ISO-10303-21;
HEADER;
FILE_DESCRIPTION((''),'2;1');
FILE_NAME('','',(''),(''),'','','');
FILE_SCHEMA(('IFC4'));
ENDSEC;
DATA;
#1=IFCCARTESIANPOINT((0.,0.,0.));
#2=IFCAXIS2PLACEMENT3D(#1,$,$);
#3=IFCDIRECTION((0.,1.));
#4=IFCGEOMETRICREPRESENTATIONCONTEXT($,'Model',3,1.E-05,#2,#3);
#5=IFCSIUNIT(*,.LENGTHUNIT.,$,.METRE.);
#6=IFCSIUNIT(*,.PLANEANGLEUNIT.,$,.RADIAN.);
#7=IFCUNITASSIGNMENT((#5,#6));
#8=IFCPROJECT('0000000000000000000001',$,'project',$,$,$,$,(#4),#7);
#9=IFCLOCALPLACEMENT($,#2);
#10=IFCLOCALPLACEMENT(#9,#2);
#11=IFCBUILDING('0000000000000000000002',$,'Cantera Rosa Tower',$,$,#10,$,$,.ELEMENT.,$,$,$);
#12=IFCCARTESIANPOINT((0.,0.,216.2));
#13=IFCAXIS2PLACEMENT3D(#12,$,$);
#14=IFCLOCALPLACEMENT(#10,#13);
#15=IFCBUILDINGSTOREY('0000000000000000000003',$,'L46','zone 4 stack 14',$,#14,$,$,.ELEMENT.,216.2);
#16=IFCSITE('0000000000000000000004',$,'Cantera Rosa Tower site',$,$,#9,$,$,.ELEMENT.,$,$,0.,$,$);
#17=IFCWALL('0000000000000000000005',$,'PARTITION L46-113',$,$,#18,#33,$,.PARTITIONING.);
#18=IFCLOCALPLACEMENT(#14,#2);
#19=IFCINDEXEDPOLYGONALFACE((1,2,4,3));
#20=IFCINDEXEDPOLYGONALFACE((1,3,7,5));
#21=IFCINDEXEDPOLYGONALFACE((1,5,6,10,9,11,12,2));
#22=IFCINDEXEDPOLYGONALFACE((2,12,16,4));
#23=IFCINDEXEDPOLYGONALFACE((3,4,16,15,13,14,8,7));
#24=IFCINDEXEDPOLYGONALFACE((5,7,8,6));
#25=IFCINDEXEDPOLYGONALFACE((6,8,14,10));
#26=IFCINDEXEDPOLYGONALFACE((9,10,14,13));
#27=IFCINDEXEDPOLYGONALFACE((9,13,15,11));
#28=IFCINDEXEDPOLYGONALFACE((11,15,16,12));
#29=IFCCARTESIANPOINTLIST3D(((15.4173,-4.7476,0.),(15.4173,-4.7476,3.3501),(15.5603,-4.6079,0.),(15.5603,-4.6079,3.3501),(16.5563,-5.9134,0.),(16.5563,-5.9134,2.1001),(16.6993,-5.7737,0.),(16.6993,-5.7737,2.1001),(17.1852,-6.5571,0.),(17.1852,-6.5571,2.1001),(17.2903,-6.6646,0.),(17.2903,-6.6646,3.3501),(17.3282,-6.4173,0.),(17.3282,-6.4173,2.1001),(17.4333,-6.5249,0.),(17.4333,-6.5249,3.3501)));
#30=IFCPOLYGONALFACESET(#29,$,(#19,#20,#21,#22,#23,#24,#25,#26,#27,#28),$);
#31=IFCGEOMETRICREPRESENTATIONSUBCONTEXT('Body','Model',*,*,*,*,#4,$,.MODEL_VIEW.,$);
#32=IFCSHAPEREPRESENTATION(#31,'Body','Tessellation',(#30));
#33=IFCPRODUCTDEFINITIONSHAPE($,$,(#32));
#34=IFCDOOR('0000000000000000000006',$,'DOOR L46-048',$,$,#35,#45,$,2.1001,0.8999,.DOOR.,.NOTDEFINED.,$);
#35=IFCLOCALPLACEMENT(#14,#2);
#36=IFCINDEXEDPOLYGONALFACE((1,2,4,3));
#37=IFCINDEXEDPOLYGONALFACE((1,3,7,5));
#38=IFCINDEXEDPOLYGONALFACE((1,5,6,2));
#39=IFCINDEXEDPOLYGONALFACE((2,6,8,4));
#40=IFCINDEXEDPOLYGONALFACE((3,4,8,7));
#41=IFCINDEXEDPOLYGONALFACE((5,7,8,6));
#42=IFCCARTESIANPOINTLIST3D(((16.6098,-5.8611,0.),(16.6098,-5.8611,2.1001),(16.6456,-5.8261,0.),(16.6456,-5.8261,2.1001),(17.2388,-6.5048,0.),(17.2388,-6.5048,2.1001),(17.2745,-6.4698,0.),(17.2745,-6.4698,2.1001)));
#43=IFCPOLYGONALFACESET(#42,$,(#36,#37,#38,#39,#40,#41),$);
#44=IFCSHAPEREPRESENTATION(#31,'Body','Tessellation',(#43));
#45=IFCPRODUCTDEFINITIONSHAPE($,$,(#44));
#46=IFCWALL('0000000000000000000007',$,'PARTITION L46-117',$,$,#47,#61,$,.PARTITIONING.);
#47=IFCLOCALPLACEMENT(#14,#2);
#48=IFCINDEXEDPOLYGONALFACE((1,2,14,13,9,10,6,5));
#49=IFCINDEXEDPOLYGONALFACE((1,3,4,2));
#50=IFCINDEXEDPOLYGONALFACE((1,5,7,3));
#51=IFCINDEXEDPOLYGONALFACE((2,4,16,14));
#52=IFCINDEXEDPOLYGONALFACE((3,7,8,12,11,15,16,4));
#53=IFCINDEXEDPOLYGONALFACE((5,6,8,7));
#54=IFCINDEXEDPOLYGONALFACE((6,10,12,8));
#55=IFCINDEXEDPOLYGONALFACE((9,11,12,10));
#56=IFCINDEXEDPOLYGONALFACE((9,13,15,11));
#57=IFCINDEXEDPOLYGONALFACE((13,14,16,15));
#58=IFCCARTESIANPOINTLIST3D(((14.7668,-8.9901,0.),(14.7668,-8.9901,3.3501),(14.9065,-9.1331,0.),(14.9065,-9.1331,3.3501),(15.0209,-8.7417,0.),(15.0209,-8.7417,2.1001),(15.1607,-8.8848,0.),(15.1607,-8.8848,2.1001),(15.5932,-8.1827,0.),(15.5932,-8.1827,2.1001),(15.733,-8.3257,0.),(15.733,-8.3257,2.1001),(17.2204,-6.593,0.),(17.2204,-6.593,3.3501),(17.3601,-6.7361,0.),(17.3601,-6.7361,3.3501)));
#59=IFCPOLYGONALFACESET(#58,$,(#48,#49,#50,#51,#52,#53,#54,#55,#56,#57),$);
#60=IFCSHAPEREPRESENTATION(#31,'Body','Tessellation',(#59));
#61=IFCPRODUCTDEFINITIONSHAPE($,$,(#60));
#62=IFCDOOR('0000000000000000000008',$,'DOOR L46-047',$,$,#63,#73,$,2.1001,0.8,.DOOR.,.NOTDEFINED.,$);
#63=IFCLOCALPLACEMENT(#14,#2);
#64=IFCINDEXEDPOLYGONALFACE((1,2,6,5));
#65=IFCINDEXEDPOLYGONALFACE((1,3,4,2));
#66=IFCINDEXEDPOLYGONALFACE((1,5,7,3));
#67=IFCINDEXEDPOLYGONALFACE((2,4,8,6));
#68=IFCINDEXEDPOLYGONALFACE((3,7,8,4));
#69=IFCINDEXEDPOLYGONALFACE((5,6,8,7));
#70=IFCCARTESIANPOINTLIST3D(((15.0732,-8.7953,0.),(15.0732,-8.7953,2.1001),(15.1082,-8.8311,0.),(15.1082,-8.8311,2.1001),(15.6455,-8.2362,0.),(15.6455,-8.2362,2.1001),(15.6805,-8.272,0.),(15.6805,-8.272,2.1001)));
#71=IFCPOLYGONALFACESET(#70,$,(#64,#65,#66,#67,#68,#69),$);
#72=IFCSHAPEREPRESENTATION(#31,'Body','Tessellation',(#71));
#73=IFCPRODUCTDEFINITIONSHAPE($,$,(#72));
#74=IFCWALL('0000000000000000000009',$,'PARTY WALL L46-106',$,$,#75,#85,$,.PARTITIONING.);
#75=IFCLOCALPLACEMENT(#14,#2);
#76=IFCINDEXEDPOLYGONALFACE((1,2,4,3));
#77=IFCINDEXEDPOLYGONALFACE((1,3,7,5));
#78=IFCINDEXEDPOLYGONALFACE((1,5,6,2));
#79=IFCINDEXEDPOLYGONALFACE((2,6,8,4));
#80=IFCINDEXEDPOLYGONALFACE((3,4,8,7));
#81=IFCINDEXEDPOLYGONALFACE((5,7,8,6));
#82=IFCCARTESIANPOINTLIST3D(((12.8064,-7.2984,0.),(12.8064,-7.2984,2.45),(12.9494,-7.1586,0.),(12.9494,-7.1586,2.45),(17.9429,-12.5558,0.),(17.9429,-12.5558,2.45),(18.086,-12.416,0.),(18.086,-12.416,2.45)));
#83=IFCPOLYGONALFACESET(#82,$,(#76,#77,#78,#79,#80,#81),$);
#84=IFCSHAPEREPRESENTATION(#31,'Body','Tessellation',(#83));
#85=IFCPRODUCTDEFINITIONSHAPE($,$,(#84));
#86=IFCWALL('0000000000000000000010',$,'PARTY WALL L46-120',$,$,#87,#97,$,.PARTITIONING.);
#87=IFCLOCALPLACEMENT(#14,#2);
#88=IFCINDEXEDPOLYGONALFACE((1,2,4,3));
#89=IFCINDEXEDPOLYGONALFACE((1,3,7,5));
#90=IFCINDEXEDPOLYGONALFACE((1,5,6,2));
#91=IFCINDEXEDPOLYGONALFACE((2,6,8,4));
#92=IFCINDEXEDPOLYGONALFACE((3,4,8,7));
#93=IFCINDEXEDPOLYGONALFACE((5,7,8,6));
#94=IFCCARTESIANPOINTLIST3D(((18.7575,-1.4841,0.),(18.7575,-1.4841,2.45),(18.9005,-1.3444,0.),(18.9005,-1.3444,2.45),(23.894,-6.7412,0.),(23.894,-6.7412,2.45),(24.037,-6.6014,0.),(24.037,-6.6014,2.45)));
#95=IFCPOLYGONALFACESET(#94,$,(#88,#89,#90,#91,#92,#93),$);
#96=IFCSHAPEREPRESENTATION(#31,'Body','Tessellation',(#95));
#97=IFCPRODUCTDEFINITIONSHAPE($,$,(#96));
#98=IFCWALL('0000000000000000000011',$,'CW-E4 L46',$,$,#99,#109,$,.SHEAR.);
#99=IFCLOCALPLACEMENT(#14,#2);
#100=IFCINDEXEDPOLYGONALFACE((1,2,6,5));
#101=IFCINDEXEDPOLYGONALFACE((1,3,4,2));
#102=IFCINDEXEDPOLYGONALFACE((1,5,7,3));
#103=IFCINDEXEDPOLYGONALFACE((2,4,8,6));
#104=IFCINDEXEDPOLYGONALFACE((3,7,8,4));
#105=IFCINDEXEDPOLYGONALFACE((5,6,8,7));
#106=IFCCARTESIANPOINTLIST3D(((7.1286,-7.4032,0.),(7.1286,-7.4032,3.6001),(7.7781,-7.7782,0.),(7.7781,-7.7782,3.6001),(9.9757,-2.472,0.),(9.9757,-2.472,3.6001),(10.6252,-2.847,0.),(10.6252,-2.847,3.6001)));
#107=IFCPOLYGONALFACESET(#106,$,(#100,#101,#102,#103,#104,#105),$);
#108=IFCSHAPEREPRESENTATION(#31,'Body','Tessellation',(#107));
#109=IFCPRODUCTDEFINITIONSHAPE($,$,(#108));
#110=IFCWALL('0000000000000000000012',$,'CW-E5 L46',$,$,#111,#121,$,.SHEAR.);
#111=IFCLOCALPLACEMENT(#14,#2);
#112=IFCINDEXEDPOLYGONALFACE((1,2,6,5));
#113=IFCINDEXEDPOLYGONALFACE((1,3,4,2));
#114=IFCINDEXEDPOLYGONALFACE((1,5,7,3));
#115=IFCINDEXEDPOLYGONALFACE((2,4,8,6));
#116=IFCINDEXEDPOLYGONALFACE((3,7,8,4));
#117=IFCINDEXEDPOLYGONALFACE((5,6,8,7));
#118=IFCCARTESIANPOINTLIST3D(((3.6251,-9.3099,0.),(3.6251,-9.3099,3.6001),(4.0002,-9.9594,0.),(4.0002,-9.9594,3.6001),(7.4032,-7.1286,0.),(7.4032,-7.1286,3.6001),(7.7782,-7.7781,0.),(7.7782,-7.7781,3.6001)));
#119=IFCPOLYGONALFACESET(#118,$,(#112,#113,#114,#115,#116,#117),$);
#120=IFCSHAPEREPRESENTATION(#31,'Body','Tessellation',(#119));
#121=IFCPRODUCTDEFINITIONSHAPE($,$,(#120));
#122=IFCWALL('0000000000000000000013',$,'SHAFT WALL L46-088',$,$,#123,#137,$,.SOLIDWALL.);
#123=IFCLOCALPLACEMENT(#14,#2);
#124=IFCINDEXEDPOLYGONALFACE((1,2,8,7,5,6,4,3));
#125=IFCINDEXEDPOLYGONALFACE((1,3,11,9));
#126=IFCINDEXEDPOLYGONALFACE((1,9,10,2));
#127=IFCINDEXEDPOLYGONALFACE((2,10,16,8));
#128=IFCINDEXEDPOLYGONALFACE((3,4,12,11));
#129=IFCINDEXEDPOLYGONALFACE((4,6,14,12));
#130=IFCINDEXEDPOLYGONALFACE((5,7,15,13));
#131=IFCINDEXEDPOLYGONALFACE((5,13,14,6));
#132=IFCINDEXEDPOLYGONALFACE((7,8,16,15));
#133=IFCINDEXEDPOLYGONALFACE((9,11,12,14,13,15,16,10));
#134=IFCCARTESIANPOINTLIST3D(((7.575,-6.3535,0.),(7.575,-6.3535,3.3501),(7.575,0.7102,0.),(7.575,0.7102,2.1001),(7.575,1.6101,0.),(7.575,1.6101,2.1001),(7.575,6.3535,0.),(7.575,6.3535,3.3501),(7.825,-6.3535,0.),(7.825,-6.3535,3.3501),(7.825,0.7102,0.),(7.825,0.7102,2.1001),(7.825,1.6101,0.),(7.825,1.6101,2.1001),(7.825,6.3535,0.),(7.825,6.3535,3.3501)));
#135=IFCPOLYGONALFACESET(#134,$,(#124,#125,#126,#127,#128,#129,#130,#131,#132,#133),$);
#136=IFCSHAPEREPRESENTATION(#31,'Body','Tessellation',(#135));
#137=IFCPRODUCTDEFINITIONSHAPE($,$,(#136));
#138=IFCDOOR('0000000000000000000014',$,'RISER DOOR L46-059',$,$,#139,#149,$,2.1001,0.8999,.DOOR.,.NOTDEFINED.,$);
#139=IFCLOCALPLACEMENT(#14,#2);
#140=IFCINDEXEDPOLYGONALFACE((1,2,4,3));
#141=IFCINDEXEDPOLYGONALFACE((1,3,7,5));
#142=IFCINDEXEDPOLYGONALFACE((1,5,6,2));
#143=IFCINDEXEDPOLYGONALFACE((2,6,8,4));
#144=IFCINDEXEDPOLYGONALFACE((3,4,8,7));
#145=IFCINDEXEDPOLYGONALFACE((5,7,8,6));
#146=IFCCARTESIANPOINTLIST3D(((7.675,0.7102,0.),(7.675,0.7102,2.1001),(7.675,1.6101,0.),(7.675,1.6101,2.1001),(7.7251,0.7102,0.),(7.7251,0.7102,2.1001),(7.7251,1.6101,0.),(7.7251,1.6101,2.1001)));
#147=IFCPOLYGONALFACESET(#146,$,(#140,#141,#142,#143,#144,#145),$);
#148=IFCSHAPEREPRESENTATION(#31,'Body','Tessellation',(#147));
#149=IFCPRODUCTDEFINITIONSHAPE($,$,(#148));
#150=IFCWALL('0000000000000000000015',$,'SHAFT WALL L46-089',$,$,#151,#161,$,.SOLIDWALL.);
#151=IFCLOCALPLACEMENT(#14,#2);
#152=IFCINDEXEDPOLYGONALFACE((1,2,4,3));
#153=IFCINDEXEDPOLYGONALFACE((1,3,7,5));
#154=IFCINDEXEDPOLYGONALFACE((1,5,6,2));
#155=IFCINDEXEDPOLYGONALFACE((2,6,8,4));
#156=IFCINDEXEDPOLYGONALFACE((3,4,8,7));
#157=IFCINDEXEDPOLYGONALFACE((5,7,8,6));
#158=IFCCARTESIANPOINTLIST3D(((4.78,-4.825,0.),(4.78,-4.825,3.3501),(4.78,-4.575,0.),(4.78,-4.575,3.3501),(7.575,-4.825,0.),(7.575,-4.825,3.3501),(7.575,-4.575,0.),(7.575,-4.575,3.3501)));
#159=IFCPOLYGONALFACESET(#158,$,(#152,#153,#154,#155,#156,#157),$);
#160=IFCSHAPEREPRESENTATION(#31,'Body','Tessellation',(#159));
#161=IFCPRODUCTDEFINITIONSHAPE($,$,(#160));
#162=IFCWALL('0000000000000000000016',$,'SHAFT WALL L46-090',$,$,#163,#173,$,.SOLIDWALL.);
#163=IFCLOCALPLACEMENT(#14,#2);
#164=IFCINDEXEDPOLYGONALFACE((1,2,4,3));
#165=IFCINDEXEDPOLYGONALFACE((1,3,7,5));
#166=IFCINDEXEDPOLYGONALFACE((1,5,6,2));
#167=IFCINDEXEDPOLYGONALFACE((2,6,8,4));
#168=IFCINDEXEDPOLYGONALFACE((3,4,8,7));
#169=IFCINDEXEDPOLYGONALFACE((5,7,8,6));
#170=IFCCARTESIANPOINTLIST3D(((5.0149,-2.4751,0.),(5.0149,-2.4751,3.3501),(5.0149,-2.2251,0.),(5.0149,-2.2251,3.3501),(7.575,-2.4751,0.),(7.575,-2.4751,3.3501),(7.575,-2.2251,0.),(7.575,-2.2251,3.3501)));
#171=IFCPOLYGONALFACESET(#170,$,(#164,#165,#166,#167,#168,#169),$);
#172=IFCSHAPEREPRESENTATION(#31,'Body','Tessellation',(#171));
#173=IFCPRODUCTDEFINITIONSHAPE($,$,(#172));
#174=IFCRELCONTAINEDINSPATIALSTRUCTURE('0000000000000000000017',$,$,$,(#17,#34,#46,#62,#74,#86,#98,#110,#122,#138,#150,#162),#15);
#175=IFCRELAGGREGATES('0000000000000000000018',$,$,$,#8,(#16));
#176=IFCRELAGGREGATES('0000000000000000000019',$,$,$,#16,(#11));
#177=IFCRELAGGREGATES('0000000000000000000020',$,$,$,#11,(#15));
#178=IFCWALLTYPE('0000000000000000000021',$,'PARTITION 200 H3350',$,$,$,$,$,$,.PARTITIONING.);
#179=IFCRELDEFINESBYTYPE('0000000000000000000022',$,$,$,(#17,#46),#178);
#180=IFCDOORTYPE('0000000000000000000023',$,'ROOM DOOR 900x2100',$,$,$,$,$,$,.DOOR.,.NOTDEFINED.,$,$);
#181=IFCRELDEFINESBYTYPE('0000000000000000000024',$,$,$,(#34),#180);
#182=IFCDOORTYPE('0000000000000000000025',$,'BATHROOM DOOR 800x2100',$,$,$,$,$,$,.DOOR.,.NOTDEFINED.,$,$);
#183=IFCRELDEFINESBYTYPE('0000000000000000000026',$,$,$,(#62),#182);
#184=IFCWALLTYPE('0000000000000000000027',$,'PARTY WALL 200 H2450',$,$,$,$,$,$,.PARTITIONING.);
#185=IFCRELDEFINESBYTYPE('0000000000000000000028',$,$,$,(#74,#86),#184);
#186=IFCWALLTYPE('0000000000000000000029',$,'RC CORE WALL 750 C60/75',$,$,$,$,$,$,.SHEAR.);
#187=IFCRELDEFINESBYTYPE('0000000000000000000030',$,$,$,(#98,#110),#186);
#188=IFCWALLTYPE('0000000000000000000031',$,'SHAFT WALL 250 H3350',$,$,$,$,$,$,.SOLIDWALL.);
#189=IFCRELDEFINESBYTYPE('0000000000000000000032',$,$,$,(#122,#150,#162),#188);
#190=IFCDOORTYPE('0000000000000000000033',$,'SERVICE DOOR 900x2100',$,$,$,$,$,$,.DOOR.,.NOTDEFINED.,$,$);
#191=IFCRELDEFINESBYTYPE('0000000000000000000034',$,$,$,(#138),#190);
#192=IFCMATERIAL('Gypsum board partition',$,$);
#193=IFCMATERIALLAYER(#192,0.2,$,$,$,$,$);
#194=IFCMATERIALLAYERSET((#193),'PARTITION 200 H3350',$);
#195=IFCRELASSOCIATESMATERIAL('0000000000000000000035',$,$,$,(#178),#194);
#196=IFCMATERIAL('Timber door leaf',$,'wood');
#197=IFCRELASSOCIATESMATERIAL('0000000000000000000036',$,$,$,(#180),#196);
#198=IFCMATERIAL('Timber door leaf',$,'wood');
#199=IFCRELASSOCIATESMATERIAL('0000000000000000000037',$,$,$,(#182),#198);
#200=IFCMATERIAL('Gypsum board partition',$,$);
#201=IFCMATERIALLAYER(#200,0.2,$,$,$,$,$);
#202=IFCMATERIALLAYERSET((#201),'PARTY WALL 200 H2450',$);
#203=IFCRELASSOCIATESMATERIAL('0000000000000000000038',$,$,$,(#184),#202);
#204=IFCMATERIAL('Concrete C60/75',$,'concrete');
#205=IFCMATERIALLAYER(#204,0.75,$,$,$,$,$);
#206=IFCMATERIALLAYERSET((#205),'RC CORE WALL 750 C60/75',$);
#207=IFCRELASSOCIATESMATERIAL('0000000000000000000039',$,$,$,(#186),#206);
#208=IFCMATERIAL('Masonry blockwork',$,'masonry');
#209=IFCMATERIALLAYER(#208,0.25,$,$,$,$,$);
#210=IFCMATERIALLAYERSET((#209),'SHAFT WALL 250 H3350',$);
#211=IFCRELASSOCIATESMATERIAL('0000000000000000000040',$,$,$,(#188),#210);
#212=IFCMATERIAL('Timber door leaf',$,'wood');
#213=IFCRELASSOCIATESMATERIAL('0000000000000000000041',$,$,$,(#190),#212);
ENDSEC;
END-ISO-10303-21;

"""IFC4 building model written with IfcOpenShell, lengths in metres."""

from ifc_helpers import new_model, si_unit, direction, frame, frame_2d, origin, place, context, subcontext, project, spatial, rectangle, extrude, material, layer, layer_set, type_object, element, fill, save


model = new_model("IFC4")

# Units and contexts
model_context = context("Model", 3, precision=1e-05, world=origin(), true_north=direction((0.0, 1.0)))
body_context = subcontext(model_context, "Body", "Model", "MODEL_VIEW")
ifc_project = project(units=[si_unit("LENGTHUNIT", "METRE"), si_unit("PLANEANGLEUNIT", "RADIAN")], contexts=[model_context])

# Site, building, storey
site_placement = place(None, origin())
site = spatial("IfcSite", under=ifc_project, at=site_placement, Name="Cantera Rosa Tower site", CompositionType="ELEMENT", RefElevation=0.0)
building_placement = place(site_placement, origin())
building = spatial("IfcBuilding", under=site, at=building_placement, Name="Cantera Rosa Tower", CompositionType="ELEMENT")
storey_placement = place(building_placement, frame((0.0, 0.0, 216.2)))
storey = spatial("IfcBuildingStorey", under=building, at=storey_placement, Name="L46", Description="zone 4 stack 14", CompositionType="ELEMENT", Elevation=216.2)

# Shared definitions
ifc_material_1 = material(Name="Gypsum board partition")
ifc_layer_1 = layer(ifc_material_1, 0.2)
ifc_layer_set_1 = layer_set([ifc_layer_1], Name="PARTITION 200 H3350")
wall_type_1 = type_object("IfcWallType", Name="PARTITION 200 H3350", PredefinedType="PARTITIONING", material=ifc_layer_set_1)

# Walls, openings, doors
wall_1_placement = place(storey_placement, frame((15.4888, -4.6777, 0.0), z_axis=(0.0, 0.0, 1.0), x_axis=(0.698861, -0.715258, 0.0)))
wall_1 = element("IfcWall", 1, at=wall_1_placement, inside=storey, type_object=wall_type_1, Name="PARTITION L46-113", PredefinedType="PARTITIONING", context=body_context, shape_type="SweptSolid", body=[
    extrude(rectangle(XDim=2.6802, YDim=0.2, at=frame_2d((1.3401, 0.0))), origin(), (0.0, 0.0, 1.0), 3.3501),
])
opening_1_placement = place(wall_1_placement, frame((1.6299, 0.0, 0.0)))
opening_1 = element("IfcOpeningElement", 2, at=opening_1_placement, cuts=wall_1, PredefinedType="OPENING", context=body_context, shape_type="SweptSolid", body=[
    extrude(rectangle(XDim=0.8999, YDim=2.1001, at=frame_2d((0.45, 1.05))), frame((0.0, 0.1099, 0.0), z_axis=(0.0, -1.0, 0.0), x_axis=(1.0, 0.0, 0.0)), (0.0, 0.0, 1.0), 0.22),
])
ifc_material_2 = material(Name="Timber door leaf", Category="wood")
door_type_1 = type_object("IfcDoorType", Name="ROOM DOOR 900x2100", OperationType="NOTDEFINED", PredefinedType="DOOR", material=ifc_material_2)
door_1_placement = place(opening_1_placement, origin())
door_1 = element("IfcDoor", 3, at=door_1_placement, inside=storey, type_object=door_type_1, Name="DOOR L46-048", OperationType="NOTDEFINED", OverallHeight=2.1001, OverallWidth=0.8999, PredefinedType="DOOR", context=body_context, shape_type="SweptSolid", body=[
    extrude(rectangle(XDim=0.8999, YDim=2.1001, at=frame_2d((0.45, 1.05))), frame((0.0, 0.0249, 0.0), z_axis=(0.0, -1.0, 0.0), x_axis=(1.0, 0.0, 0.0)), (0.0, 0.0, 1.0), 0.05),
])
fill(opening_1, door_1)
wall_2_placement = place(storey_placement, frame((17.2903, -6.6646, 0.0), z_axis=(0.0, 0.0, 1.0), x_axis=(-0.715315, -0.698802, 0.0)))
wall_2 = element("IfcWall", 4, at=wall_2_placement, inside=storey, type_object=wall_type_1, Name="PARTITION L46-117", PredefinedType="PARTITIONING", context=body_context, shape_type="SweptSolid", body=[
    extrude(rectangle(XDim=3.4302, YDim=0.2, at=frame_2d((1.7151, 0.0))), origin(), (0.0, 0.0, 1.0), 3.3501),
])
opening_2_placement = place(wall_2_placement, frame((2.2749, 0.0, 0.0)))
opening_2 = element("IfcOpeningElement", 5, at=opening_2_placement, cuts=wall_2, PredefinedType="OPENING", context=body_context, shape_type="SweptSolid", body=[
    extrude(rectangle(XDim=0.8, YDim=2.1001, at=frame_2d((0.3999, 1.05))), frame((0.0, 0.1099, 0.0), z_axis=(0.0, -1.0, 0.0), x_axis=(1.0, 0.0, 0.0)), (0.0, 0.0, 1.0), 0.22),
])
ifc_material_3 = material(Name="Timber door leaf", Category="wood")
door_type_2 = type_object("IfcDoorType", Name="BATHROOM DOOR 800x2100", OperationType="NOTDEFINED", PredefinedType="DOOR", material=ifc_material_3)
door_2_placement = place(opening_2_placement, origin())
door_2 = element("IfcDoor", 6, at=door_2_placement, inside=storey, type_object=door_type_2, Name="DOOR L46-047", OperationType="NOTDEFINED", OverallHeight=2.1001, OverallWidth=0.8, PredefinedType="DOOR", context=body_context, shape_type="SweptSolid", body=[
    extrude(rectangle(XDim=0.8, YDim=2.1001, at=frame_2d((0.3999, 1.05))), frame((0.0, 0.0249, 0.0), z_axis=(0.0, -1.0, 0.0), x_axis=(1.0, 0.0, 0.0)), (0.0, 0.0, 1.0), 0.05),
])
fill(opening_2, door_2)

# Walls
ifc_material_4 = material(Name="Gypsum board partition")
ifc_layer_2 = layer(ifc_material_4, 0.2)
ifc_layer_set_2 = layer_set([ifc_layer_2], Name="PARTY WALL 200 H2450")
wall_type_2 = type_object("IfcWallType", Name="PARTY WALL 200 H2450", PredefinedType="PARTITIONING", material=ifc_layer_set_2)
wall_3_placement = place(storey_placement, frame((12.8779, -7.2285, 0.0), z_axis=(0.0, 0.0, 1.0), x_axis=(0.698838, -0.71528, 0.0)))
element("IfcWall", 7, at=wall_3_placement, inside=storey, type_object=wall_type_2, Name="PARTY WALL L46-106", PredefinedType="PARTITIONING", context=body_context, shape_type="SweptSolid", body=[
    extrude(rectangle(XDim=7.3501, YDim=0.2, at=frame_2d((3.675, 0.0))), origin(), (0.0, 0.0, 1.0), 2.45),
])
wall_4_placement = place(storey_placement, frame((18.8291, -1.4143, 0.0), z_axis=(0.0, 0.0, 1.0), x_axis=(0.698855, -0.715264, 0.0)))
element("IfcWall", 8, at=wall_4_placement, inside=storey, type_object=wall_type_2, Name="PARTY WALL L46-120", PredefinedType="PARTITIONING", context=body_context, shape_type="SweptSolid", body=[
    extrude(rectangle(XDim=7.3499, YDim=0.2, at=frame_2d((3.6748, 0.0))), origin(), (0.0, 0.0, 1.0), 2.45),
])
ifc_material_5 = material(Name="Concrete C60/75", Category="concrete")
ifc_layer_3 = layer(ifc_material_5, 0.75)
ifc_layer_set_3 = layer_set([ifc_layer_3], Name="RC CORE WALL 750 C60/75")
wall_type_3 = type_object("IfcWallType", Name="RC CORE WALL 750 C60/75", PredefinedType="SHEAR", material=ifc_layer_set_3)
wall_5_placement = place(storey_placement, frame((10.3005, -2.6594, 0.0), z_axis=(0.0, 0.0, 1.0), x_axis=(-0.500022, -0.866013, 0.0)))
element("IfcWall", 9, at=wall_5_placement, inside=storey, type_object=wall_type_3, Name="CW-E4 L46", PredefinedType="SHEAR", context=body_context, shape_type="SweptSolid", body=[
    extrude(rectangle(XDim=5.6941, YDim=0.75, at=frame_2d((2.8472, 0.0))), origin(), (0.0, 0.0, 1.0), 3.6001),
])
wall_6_placement = place(storey_placement, frame((7.5906, -7.4534, 0.0), z_axis=(0.0, 0.0, 1.0), x_axis=(-0.866013, -0.500021, 0.0)))
element("IfcWall", 10, at=wall_6_placement, inside=storey, type_object=wall_type_3, Name="CW-E5 L46", PredefinedType="SHEAR", context=body_context, shape_type="SweptSolid", body=[
    extrude(rectangle(XDim=4.3625, YDim=0.75, at=frame_2d((2.1812, 0.0))), origin(), (0.0, 0.0, 1.0), 3.6001),
])

# Wall, opening, door
ifc_material_6 = material(Name="Masonry blockwork", Category="masonry")
ifc_layer_4 = layer(ifc_material_6, 0.25)
ifc_layer_set_4 = layer_set([ifc_layer_4], Name="SHAFT WALL 250 H3350")
wall_type_4 = type_object("IfcWallType", Name="SHAFT WALL 250 H3350", PredefinedType="SOLIDWALL", material=ifc_layer_set_4)
wall_7_placement = place(storey_placement, frame((7.7, -6.3535, 0.0), z_axis=(0.0, 0.0, 1.0), x_axis=(0.0, 1.0, 0.0)))
wall_7 = element("IfcWall", 11, at=wall_7_placement, inside=storey, type_object=wall_type_4, Name="SHAFT WALL L46-088", PredefinedType="SOLIDWALL", context=body_context, shape_type="SweptSolid", body=[
    extrude(rectangle(XDim=12.707, YDim=0.25, at=frame_2d((6.3535, 0.0))), origin(), (0.0, 0.0, 1.0), 3.3501),
])
opening_3_placement = place(wall_7_placement, frame((7.0637, 0.0, 0.0)))
opening_3 = element("IfcOpeningElement", 12, at=opening_3_placement, cuts=wall_7, PredefinedType="OPENING", context=body_context, shape_type="SweptSolid", body=[
    extrude(rectangle(XDim=0.8999, YDim=2.1001, at=frame_2d((0.45, 1.05))), frame((0.0, 0.135, 0.0), z_axis=(0.0, -1.0, 0.0), x_axis=(1.0, 0.0, 0.0)), (0.0, 0.0, 1.0), 0.27),
])
ifc_material_7 = material(Name="Timber door leaf", Category="wood")
door_type_3 = type_object("IfcDoorType", Name="SERVICE DOOR 900x2100", OperationType="NOTDEFINED", PredefinedType="DOOR", material=ifc_material_7)
door_3_placement = place(opening_3_placement, origin())
door_3 = element("IfcDoor", 13, at=door_3_placement, inside=storey, type_object=door_type_3, Name="RISER DOOR L46-059", OperationType="NOTDEFINED", OverallHeight=2.1001, OverallWidth=0.8999, PredefinedType="DOOR", context=body_context, shape_type="SweptSolid", body=[
    extrude(rectangle(XDim=0.8999, YDim=2.1001, at=frame_2d((0.45, 1.05))), frame((0.0, 0.0249, 0.0), z_axis=(0.0, -1.0, 0.0), x_axis=(1.0, 0.0, 0.0)), (0.0, 0.0, 1.0), 0.05),
])
fill(opening_3, door_3)

# Walls
wall_8_placement = place(storey_placement, frame((7.575, -4.7, 0.0), z_axis=(0.0, 0.0, 1.0), x_axis=(-1.0, 0.0, 0.0)))
element("IfcWall", 14, at=wall_8_placement, inside=storey, type_object=wall_type_4, Name="SHAFT WALL L46-089", PredefinedType="SOLIDWALL", context=body_context, shape_type="SweptSolid", body=[
    extrude(rectangle(XDim=2.7949, YDim=0.25, at=frame_2d((1.3975, 0.0))), origin(), (0.0, 0.0, 1.0), 3.3501),
])
wall_9_placement = place(storey_placement, frame((7.575, -2.3501, 0.0), z_axis=(0.0, 0.0, 1.0), x_axis=(-1.0, 0.0, 0.0)))
element("IfcWall", 15, at=wall_9_placement, inside=storey, type_object=wall_type_4, Name="SHAFT WALL L46-090", PredefinedType="SOLIDWALL", context=body_context, shape_type="SweptSolid", body=[
    extrude(rectangle(XDim=2.5601, YDim=0.25, at=frame_2d((1.28, 0.0))), origin(), (0.0, 0.0, 1.0), 3.3501),
])

save(model, "model.ifc")
